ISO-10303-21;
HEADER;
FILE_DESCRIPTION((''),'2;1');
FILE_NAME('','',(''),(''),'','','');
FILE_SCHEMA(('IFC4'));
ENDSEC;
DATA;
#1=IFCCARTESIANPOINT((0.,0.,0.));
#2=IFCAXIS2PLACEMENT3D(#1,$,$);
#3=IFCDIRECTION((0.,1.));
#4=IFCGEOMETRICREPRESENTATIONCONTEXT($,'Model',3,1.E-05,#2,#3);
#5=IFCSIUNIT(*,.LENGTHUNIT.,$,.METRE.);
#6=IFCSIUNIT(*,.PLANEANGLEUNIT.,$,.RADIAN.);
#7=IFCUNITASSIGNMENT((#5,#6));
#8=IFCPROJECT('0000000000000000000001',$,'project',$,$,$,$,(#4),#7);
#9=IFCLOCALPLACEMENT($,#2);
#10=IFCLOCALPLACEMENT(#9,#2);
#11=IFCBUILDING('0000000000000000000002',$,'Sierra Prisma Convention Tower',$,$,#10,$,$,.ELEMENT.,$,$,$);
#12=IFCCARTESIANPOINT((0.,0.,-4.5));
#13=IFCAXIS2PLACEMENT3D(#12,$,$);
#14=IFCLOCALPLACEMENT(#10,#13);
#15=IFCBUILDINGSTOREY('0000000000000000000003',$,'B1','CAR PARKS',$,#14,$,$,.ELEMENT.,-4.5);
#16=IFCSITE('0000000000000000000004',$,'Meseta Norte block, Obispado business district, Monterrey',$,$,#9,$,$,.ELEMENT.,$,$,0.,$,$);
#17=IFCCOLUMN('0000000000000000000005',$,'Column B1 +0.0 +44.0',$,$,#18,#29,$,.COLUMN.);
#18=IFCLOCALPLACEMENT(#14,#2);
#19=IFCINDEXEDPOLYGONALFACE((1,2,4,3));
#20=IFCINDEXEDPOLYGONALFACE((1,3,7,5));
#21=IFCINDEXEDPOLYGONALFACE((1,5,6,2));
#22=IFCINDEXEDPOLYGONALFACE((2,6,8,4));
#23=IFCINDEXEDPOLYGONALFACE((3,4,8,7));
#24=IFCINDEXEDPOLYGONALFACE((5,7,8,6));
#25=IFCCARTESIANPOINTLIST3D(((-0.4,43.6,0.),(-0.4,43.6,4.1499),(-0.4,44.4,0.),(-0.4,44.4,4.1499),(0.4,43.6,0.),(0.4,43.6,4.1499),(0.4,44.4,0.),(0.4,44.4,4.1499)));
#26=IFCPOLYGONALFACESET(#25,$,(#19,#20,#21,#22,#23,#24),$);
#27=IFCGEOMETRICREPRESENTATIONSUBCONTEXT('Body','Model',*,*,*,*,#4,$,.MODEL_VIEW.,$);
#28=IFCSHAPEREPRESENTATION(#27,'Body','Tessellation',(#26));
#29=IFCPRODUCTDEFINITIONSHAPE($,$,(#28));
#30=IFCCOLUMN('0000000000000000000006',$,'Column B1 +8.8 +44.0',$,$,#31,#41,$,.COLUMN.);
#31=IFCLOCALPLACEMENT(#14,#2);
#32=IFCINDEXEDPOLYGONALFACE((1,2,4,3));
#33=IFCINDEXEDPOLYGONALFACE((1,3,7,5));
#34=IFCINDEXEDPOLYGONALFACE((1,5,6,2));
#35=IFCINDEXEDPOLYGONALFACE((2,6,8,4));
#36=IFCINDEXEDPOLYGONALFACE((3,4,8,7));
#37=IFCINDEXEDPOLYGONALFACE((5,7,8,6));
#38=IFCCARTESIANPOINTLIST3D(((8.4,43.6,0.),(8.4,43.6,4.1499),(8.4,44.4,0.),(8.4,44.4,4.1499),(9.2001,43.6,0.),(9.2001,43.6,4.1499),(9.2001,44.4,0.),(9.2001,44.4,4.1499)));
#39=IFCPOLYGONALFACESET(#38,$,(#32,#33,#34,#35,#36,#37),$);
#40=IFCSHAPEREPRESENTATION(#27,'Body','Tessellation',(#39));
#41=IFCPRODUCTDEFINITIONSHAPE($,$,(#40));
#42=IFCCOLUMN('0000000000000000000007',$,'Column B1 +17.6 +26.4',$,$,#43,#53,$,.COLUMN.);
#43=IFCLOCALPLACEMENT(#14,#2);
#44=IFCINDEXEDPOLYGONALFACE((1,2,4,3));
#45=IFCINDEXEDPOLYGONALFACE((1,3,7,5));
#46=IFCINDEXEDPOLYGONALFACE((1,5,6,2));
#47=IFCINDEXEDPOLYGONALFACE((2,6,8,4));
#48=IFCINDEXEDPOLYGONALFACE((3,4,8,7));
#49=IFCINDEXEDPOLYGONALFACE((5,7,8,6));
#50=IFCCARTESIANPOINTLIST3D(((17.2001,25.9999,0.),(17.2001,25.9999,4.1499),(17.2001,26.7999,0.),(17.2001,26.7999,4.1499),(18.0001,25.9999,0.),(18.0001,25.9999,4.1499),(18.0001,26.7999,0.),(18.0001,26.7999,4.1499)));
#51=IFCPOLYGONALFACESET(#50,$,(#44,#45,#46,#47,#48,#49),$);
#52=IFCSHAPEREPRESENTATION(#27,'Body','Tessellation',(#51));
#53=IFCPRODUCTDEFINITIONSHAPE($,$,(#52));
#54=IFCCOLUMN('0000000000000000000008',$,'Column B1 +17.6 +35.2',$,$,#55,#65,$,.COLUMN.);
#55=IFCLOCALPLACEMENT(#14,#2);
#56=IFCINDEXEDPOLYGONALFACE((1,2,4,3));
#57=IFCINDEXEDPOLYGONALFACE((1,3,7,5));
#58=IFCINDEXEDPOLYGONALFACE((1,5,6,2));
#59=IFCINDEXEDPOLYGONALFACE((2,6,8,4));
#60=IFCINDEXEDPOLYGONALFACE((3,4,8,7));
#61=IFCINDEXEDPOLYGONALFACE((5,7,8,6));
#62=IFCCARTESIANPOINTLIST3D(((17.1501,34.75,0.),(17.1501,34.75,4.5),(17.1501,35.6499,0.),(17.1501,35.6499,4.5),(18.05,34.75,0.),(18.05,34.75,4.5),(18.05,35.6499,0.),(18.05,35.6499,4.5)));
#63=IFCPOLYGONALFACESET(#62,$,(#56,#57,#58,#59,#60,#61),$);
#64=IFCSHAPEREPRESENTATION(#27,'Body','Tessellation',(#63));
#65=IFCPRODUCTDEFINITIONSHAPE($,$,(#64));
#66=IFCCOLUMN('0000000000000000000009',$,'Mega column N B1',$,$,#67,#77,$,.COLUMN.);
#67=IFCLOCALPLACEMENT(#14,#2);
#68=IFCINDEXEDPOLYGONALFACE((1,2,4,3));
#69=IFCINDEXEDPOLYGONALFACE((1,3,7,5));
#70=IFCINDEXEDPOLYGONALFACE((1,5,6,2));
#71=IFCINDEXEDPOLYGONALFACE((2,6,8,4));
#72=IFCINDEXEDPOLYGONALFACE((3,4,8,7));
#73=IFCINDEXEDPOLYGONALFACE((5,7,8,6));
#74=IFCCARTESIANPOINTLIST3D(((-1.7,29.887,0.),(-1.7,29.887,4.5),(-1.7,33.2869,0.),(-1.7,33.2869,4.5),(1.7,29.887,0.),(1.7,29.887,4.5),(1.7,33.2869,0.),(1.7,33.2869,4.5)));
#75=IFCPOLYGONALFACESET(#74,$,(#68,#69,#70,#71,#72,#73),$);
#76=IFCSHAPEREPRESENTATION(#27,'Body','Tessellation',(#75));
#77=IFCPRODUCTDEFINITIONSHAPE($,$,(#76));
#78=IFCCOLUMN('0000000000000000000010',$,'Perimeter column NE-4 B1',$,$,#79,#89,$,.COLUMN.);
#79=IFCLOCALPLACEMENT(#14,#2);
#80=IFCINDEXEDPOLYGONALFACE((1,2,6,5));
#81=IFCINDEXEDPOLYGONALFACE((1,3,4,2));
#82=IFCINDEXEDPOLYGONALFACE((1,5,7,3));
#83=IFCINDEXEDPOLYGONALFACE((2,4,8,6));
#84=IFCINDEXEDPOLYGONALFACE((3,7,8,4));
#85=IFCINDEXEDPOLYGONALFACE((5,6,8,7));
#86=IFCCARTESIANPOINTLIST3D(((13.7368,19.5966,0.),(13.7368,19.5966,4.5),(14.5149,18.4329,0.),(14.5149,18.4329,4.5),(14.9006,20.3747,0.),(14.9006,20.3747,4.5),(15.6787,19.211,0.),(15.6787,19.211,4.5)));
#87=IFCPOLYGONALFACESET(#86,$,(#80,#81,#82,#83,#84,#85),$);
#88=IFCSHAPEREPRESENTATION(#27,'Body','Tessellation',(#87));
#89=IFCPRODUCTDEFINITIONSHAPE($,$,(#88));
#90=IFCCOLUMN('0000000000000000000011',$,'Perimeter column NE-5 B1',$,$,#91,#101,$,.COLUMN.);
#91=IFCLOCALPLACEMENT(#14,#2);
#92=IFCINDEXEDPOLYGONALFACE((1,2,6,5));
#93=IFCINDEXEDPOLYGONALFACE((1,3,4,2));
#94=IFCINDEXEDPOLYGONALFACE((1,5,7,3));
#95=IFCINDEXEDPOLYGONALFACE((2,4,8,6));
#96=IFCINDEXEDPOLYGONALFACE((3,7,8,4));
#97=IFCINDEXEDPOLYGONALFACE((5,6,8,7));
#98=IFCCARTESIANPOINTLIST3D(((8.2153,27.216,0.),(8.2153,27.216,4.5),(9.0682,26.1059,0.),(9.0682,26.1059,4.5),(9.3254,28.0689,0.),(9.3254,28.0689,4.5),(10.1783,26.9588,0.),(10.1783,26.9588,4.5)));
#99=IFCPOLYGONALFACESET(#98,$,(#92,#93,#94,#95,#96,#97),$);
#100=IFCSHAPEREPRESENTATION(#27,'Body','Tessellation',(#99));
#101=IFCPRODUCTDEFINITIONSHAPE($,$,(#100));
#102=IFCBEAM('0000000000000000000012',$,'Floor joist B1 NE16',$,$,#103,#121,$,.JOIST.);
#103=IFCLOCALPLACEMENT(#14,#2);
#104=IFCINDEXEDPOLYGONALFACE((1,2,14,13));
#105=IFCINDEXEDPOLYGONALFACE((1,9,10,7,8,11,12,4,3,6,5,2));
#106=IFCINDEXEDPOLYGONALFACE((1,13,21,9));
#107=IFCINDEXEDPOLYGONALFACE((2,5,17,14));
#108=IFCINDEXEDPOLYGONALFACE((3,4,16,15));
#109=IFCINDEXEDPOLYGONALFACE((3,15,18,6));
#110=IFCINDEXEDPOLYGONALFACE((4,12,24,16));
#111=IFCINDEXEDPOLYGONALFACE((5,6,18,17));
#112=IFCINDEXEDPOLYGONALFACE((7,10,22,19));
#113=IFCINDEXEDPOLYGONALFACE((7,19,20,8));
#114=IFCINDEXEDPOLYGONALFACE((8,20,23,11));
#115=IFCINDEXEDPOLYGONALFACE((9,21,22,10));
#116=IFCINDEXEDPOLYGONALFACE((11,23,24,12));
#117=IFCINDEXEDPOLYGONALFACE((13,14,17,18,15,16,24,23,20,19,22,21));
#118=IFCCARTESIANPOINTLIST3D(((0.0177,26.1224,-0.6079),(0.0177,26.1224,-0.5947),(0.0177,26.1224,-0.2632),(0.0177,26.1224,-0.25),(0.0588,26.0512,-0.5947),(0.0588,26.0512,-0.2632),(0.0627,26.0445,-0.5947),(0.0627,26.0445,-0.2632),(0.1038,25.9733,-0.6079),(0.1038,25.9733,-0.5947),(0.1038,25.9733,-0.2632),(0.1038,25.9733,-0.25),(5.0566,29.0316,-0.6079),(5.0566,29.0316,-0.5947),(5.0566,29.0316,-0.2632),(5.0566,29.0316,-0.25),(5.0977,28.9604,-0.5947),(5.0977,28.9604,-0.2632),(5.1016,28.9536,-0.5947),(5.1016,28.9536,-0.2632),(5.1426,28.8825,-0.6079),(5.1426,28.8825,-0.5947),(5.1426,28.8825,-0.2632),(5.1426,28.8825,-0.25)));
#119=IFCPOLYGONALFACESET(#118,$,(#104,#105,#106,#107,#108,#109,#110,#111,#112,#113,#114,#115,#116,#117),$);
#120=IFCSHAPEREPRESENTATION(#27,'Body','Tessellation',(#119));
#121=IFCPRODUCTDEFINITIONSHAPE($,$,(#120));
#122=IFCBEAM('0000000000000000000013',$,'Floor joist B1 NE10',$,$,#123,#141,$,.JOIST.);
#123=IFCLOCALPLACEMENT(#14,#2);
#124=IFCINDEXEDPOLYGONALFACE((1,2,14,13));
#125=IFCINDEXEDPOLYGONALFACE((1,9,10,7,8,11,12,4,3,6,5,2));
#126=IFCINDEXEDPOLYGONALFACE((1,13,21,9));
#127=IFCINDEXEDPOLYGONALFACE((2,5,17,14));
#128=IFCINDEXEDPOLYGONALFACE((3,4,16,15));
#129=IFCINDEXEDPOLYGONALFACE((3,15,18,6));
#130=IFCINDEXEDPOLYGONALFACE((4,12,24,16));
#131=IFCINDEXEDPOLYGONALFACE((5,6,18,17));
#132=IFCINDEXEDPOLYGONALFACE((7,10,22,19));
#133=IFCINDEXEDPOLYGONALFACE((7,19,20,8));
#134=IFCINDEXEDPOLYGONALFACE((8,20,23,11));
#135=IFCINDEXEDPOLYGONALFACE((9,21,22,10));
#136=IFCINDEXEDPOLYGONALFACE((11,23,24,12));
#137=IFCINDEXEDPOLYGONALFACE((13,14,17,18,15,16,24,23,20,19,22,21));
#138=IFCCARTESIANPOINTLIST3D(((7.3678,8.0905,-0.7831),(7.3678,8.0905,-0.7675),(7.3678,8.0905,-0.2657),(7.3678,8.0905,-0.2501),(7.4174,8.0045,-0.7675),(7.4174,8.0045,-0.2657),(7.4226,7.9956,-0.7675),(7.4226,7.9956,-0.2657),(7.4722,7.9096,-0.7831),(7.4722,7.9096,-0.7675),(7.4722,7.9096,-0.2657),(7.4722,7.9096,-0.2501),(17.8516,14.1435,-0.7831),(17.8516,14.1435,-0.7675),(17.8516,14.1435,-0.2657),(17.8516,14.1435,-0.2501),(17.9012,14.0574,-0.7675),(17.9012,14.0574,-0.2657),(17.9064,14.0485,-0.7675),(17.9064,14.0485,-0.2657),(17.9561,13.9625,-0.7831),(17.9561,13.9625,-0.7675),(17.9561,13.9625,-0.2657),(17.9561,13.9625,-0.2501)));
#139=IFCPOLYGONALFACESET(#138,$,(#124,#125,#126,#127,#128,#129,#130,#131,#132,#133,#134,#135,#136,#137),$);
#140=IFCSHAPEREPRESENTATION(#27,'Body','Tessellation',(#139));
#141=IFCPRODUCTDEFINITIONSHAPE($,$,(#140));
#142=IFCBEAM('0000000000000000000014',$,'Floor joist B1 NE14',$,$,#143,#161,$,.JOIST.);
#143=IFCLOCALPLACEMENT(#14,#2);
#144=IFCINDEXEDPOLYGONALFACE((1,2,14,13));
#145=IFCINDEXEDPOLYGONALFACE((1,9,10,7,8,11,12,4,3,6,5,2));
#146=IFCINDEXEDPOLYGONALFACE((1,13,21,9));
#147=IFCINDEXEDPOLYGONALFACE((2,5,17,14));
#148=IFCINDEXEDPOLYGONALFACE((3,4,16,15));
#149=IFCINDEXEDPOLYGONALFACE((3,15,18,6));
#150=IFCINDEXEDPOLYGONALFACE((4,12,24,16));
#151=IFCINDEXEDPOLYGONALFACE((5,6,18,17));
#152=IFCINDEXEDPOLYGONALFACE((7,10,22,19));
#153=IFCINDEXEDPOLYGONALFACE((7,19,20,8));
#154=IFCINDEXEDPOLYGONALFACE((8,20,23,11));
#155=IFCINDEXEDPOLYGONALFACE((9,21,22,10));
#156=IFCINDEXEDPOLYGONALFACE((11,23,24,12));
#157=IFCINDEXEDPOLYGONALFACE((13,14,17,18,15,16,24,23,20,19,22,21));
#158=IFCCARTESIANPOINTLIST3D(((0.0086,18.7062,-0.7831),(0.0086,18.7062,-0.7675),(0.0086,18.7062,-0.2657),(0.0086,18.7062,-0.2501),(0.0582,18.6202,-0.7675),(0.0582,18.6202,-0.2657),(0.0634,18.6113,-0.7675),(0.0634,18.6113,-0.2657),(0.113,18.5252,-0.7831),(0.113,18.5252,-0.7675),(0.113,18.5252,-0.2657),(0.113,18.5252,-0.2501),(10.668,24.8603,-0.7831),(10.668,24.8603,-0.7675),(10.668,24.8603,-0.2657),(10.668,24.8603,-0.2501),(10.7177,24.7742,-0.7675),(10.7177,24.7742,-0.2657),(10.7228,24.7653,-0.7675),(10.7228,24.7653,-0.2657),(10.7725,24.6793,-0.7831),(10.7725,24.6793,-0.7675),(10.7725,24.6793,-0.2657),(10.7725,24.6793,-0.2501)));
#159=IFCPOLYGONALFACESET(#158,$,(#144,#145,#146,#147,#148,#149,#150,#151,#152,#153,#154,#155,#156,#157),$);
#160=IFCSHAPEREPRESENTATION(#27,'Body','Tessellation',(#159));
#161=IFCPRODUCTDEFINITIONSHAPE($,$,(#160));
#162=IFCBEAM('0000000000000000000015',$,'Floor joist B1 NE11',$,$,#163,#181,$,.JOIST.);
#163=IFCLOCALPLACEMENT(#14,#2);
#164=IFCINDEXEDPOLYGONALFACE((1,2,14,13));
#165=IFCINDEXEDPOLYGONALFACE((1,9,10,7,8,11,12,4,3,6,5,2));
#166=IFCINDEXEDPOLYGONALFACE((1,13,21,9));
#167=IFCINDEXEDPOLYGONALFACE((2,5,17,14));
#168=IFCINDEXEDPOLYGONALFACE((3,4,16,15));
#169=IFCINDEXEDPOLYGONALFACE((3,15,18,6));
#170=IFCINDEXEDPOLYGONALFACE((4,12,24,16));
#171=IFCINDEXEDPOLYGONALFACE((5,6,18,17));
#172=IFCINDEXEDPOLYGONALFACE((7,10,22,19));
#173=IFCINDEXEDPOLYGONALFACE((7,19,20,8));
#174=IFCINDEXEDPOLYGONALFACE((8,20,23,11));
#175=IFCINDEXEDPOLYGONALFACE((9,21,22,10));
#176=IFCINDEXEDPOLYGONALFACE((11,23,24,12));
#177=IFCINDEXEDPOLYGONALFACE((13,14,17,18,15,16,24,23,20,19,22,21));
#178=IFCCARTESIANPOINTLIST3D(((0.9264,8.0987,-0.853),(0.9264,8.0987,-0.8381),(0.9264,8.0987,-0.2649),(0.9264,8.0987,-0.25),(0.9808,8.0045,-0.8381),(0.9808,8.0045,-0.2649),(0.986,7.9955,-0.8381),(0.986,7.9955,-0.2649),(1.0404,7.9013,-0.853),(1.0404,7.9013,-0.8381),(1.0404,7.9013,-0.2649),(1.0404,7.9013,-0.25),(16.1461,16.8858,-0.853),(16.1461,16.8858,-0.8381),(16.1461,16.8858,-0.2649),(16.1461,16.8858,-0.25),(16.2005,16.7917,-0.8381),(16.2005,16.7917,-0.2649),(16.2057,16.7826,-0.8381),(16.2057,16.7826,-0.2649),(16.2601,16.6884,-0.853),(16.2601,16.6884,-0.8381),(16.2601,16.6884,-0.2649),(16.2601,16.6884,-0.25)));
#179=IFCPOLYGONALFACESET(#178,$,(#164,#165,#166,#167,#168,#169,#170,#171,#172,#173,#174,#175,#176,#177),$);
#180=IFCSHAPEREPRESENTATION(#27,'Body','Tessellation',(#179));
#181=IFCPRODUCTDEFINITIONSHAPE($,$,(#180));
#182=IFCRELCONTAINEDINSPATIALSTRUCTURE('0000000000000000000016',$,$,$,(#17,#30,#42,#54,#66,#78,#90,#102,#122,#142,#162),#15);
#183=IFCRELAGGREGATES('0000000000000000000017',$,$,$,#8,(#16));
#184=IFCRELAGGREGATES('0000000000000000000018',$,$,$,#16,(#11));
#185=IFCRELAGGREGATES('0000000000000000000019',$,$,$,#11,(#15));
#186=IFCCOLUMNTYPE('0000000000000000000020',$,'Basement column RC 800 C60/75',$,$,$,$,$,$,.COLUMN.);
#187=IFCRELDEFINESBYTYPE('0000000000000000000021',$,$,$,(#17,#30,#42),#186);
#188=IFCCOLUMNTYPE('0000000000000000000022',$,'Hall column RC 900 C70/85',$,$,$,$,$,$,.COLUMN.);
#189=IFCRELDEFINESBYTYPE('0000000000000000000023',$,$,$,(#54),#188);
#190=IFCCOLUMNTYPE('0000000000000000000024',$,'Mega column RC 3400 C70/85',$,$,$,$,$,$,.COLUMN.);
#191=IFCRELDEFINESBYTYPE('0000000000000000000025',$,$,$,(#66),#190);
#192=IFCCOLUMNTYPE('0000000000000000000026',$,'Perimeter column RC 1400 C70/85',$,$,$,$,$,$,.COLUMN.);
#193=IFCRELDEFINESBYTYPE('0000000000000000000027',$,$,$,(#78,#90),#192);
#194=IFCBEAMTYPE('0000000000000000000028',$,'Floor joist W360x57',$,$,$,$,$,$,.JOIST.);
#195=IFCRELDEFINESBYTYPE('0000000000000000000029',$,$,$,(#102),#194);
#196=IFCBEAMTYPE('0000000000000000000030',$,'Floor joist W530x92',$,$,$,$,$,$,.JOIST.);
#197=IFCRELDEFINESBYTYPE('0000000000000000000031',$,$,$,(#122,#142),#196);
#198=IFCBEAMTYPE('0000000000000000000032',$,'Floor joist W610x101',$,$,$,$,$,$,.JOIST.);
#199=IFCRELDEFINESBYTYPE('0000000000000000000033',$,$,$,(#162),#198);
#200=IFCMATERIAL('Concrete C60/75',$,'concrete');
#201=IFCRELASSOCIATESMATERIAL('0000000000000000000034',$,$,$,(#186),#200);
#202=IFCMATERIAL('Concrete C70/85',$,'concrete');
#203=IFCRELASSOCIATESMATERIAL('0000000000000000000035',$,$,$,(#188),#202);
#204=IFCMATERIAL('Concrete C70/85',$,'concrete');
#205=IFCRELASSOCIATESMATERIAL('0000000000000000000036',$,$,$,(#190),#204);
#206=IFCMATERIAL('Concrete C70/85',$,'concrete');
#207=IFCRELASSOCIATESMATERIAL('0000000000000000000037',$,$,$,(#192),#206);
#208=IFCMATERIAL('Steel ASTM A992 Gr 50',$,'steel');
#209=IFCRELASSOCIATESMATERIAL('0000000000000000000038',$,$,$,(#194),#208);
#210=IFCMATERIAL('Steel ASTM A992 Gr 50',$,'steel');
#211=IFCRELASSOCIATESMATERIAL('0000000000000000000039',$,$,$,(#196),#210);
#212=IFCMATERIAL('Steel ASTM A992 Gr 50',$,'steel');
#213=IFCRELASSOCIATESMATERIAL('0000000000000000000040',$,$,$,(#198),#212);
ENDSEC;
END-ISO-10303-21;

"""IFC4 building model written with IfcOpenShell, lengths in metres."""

from ifc_helpers import new_model, si_unit, direction, frame, origin, origin_2d, place, context, subcontext, project, spatial, rectangle, i_section, extrude, material, material_profile, profile_set, type_object, element, save


model = new_model("IFC4")

# Units and contexts
model_context = context("Model", 3, precision=1e-05, world=origin(), true_north=direction((0.0, 1.0)))
body_context = subcontext(model_context, "Body", "Model", "MODEL_VIEW")
ifc_project = project(units=[si_unit("LENGTHUNIT", "METRE"), si_unit("PLANEANGLEUNIT", "RADIAN")], contexts=[model_context])

# Site, building, storey
site_placement = place(None, origin())
site = spatial("IfcSite", under=ifc_project, at=site_placement, Name="Meseta Norte block, Obispado business district, Monterrey", CompositionType="ELEMENT", RefElevation=0.0)
building_placement = place(site_placement, origin())
building = spatial("IfcBuilding", under=site, at=building_placement, Name="Sierra Prisma Convention Tower", CompositionType="ELEMENT")
storey_placement = place(building_placement, frame((0.0, 0.0, -4.5)))
storey = spatial("IfcBuildingStorey", under=building, at=storey_placement, Name="B1", Description="CAR PARKS", CompositionType="ELEMENT", Elevation=-4.5)

# Columns
ifc_material_1 = material(Name="Concrete C60/75", Category="concrete")
ifc_material_profile_1 = material_profile(ifc_material_1, rectangle(XDim=0.8, YDim=0.8, at=origin_2d()), Name="Basement column RC 800 C60/75")
ifc_profile_set_1 = profile_set([ifc_material_profile_1], Name="Concrete C60/75")
column_type_1 = type_object("IfcColumnType", Name="Basement column RC 800 C60/75", PredefinedType="COLUMN", material=ifc_profile_set_1)
for number, where, z_axis, x_axis, name in (
    (1, (0.0, 44.0, 0.0), (0.0, 0.0, 1.0), (1.0, 0.0, 0.0), "Column B1 +0.0 +44.0"),
    (2, (8.8, 44.0, 0.0), (0.0, 0.0, 1.0), (1.0, 0.0, 0.0), "Column B1 +8.8 +44.0"),
    (3, (17.6001, 26.3999, 0.0), (0.0, 0.0, 1.0), (1.0, 0.0, 0.0), "Column B1 +17.6 +26.4"),
):
    element("IfcColumn", number, at=place(storey_placement, frame(where, z_axis=z_axis, x_axis=x_axis)), inside=storey, type_object=column_type_1, Name=name, PredefinedType="COLUMN", context=body_context, shape_type="SweptSolid", body=[
        extrude(rectangle(XDim=0.8, YDim=0.8, at=origin_2d()), origin(), (0.0, 0.0, 1.0), 4.1499),
    ])
ifc_material_2 = material(Name="Concrete C70/85", Category="concrete")
ifc_material_profile_2 = material_profile(ifc_material_2, rectangle(XDim=0.8999, YDim=0.8999, at=origin_2d()), Name="Hall column RC 900 C70/85")
ifc_profile_set_2 = profile_set([ifc_material_profile_2], Name="Concrete C70/85")
column_type_2 = type_object("IfcColumnType", Name="Hall column RC 900 C70/85", PredefinedType="COLUMN", material=ifc_profile_set_2)
column_1_placement = place(storey_placement, frame((17.6001, 35.2, 0.0), z_axis=(0.0, 0.0, 1.0), x_axis=(1.0, 0.0, 0.0)))
element("IfcColumn", 4, at=column_1_placement, inside=storey, type_object=column_type_2, Name="Column B1 +17.6 +35.2", PredefinedType="COLUMN", context=body_context, shape_type="SweptSolid", body=[
    extrude(rectangle(XDim=0.8999, YDim=0.8999, at=origin_2d()), origin(), (0.0, 0.0, 1.0), 4.5),
])
ifc_material_3 = material(Name="Concrete C70/85", Category="concrete")
ifc_material_profile_3 = material_profile(ifc_material_3, rectangle(XDim=3.3999, YDim=3.3999, at=origin_2d()), Name="Mega column RC 3400 C70/85")
ifc_profile_set_3 = profile_set([ifc_material_profile_3], Name="Concrete C70/85")
column_type_3 = type_object("IfcColumnType", Name="Mega column RC 3400 C70/85", PredefinedType="COLUMN", material=ifc_profile_set_3)
column_2_placement = place(storey_placement, frame((0.0, 31.5869, 0.0), z_axis=(0.0, 0.0, 1.0), x_axis=(1.0, 0.0, 0.0)))
element("IfcColumn", 5, at=column_2_placement, inside=storey, type_object=column_type_3, Name="Mega column N B1", PredefinedType="COLUMN", context=body_context, shape_type="SweptSolid", body=[
    extrude(rectangle(XDim=3.3999, YDim=3.3999, at=origin_2d()), origin(), (0.0, 0.0, 1.0), 4.5),
])
ifc_material_4 = material(Name="Concrete C70/85", Category="concrete")
ifc_material_profile_4 = material_profile(ifc_material_4, rectangle(XDim=1.3999, YDim=1.3999, at=origin_2d()), Name="Perimeter column RC 1400 C70/85")
ifc_profile_set_4 = profile_set([ifc_material_profile_4], Name="Concrete C70/85")
column_type_4 = type_object("IfcColumnType", Name="Perimeter column RC 1400 C70/85", PredefinedType="COLUMN", material=ifc_profile_set_4)
for number, where, z_axis, x_axis, name in (
    (6, (14.7078, 19.4038, 0.0), (0.0, 0.0, 1.0), (-0.555817, 0.831305, 0.0), "Perimeter column NE-4 B1"),
    (7, (9.1968, 27.0874, 0.0), (0.0, 0.0, 1.0), (-0.609232, 0.792992, 0.0), "Perimeter column NE-5 B1"),
):
    element("IfcColumn", number, at=place(storey_placement, frame(where, z_axis=z_axis, x_axis=x_axis)), inside=storey, type_object=column_type_4, Name=name, PredefinedType="COLUMN", context=body_context, shape_type="SweptSolid", body=[
        extrude(rectangle(XDim=1.3999, YDim=1.3999, at=origin_2d()), origin(), (0.0, 0.0, 1.0), 4.5),
    ])

# Beams
ifc_material_5 = material(Name="Steel ASTM A992 Gr 50", Category="steel")
ifc_material_profile_5 = material_profile(ifc_material_5, i_section(OverallWidth=0.1721, OverallDepth=0.3579, WebThickness=0.0078, FlangeThickness=0.0132, at=origin_2d()), Name="W360x57")
ifc_profile_set_5 = profile_set([ifc_material_profile_5], Name="Steel ASTM A992 Gr 50")
beam_type_1 = type_object("IfcBeamType", Name="Floor joist W360x57", PredefinedType="JOIST", material=ifc_profile_set_5)
beam_1_placement = place(storey_placement, frame((5.0996, 28.957, -0.429), z_axis=(-0.866024, -0.500002, 0.0), x_axis=(0.500002, -0.866024, 0.0)))
element("IfcBeam", 8, at=beam_1_placement, inside=storey, type_object=beam_type_1, Name="Floor joist B1 NE16", PredefinedType="JOIST", context=body_context, shape_type="SweptSolid", body=[
    extrude(i_section(OverallWidth=0.1721, OverallDepth=0.3579, WebThickness=0.0078, FlangeThickness=0.0132, at=origin_2d()), origin(), (0.0, 0.0, 1.0), 5.8184),
])
ifc_material_6 = material(Name="Steel ASTM A992 Gr 50", Category="steel")
ifc_material_profile_6 = material_profile(ifc_material_6, i_section(OverallWidth=0.209, OverallDepth=0.533, WebThickness=0.0103, FlangeThickness=0.0156, at=origin_2d()), Name="W530x92")
ifc_profile_set_6 = profile_set([ifc_material_profile_6], Name="Steel ASTM A992 Gr 50")
beam_type_2 = type_object("IfcBeamType", Name="Floor joist W530x92", PredefinedType="JOIST", material=ifc_profile_set_6)
beam_2_placement = place(storey_placement, frame((17.9038, 14.053, -0.5166), z_axis=(-0.866022, -0.500006, 0.0), x_axis=(0.500006, -0.866022, 0.0)))
element("IfcBeam", 9, at=beam_2_placement, inside=storey, type_object=beam_type_2, Name="Floor joist B1 NE10", PredefinedType="JOIST", context=body_context, shape_type="SweptSolid", body=[
    extrude(i_section(OverallWidth=0.209, OverallDepth=0.533, WebThickness=0.0103, FlangeThickness=0.0156, at=origin_2d()), origin(), (0.0, 0.0, 1.0), 12.1057),
])
beam_3_placement = place(storey_placement, frame((10.7202, 24.7698, -0.5166), z_axis=(-0.866031, -0.49999, 0.0), x_axis=(0.49999, -0.866031, 0.0)))
element("IfcBeam", 10, at=beam_3_placement, inside=storey, type_object=beam_type_2, Name="Floor joist B1 NE14", PredefinedType="JOIST", context=body_context, shape_type="SweptSolid", body=[
    extrude(i_section(OverallWidth=0.209, OverallDepth=0.533, WebThickness=0.0103, FlangeThickness=0.0156, at=origin_2d()), origin(), (0.0, 0.0, 1.0), 12.3083),
])
ifc_material_7 = material(Name="Steel ASTM A992 Gr 50", Category="steel")
ifc_material_profile_7 = material_profile(ifc_material_7, i_section(OverallWidth=0.228, OverallDepth=0.603, WebThickness=0.0105, FlangeThickness=0.0149, at=origin_2d()), Name="W610x101")
ifc_profile_set_7 = profile_set([ifc_material_profile_7], Name="Steel ASTM A992 Gr 50")
beam_type_3 = type_object("IfcBeamType", Name="Floor joist W610x101", PredefinedType="JOIST", material=ifc_profile_set_7)
beam_4_placement = place(storey_placement, frame((16.2031, 16.7871, -0.5515), z_axis=(-0.866025, -0.5, 0.0), x_axis=(0.5, -0.866025, 0.0)))
element("IfcBeam", 11, at=beam_4_placement, inside=storey, type_object=beam_type_3, Name="Floor joist B1 NE11", PredefinedType="JOIST", context=body_context, shape_type="SweptSolid", body=[
    extrude(i_section(OverallWidth=0.228, OverallDepth=0.603, WebThickness=0.0105, FlangeThickness=0.0149, at=origin_2d()), origin(), (0.0, 0.0, 1.0), 17.5742),
])

save(model, "model.ifc")
